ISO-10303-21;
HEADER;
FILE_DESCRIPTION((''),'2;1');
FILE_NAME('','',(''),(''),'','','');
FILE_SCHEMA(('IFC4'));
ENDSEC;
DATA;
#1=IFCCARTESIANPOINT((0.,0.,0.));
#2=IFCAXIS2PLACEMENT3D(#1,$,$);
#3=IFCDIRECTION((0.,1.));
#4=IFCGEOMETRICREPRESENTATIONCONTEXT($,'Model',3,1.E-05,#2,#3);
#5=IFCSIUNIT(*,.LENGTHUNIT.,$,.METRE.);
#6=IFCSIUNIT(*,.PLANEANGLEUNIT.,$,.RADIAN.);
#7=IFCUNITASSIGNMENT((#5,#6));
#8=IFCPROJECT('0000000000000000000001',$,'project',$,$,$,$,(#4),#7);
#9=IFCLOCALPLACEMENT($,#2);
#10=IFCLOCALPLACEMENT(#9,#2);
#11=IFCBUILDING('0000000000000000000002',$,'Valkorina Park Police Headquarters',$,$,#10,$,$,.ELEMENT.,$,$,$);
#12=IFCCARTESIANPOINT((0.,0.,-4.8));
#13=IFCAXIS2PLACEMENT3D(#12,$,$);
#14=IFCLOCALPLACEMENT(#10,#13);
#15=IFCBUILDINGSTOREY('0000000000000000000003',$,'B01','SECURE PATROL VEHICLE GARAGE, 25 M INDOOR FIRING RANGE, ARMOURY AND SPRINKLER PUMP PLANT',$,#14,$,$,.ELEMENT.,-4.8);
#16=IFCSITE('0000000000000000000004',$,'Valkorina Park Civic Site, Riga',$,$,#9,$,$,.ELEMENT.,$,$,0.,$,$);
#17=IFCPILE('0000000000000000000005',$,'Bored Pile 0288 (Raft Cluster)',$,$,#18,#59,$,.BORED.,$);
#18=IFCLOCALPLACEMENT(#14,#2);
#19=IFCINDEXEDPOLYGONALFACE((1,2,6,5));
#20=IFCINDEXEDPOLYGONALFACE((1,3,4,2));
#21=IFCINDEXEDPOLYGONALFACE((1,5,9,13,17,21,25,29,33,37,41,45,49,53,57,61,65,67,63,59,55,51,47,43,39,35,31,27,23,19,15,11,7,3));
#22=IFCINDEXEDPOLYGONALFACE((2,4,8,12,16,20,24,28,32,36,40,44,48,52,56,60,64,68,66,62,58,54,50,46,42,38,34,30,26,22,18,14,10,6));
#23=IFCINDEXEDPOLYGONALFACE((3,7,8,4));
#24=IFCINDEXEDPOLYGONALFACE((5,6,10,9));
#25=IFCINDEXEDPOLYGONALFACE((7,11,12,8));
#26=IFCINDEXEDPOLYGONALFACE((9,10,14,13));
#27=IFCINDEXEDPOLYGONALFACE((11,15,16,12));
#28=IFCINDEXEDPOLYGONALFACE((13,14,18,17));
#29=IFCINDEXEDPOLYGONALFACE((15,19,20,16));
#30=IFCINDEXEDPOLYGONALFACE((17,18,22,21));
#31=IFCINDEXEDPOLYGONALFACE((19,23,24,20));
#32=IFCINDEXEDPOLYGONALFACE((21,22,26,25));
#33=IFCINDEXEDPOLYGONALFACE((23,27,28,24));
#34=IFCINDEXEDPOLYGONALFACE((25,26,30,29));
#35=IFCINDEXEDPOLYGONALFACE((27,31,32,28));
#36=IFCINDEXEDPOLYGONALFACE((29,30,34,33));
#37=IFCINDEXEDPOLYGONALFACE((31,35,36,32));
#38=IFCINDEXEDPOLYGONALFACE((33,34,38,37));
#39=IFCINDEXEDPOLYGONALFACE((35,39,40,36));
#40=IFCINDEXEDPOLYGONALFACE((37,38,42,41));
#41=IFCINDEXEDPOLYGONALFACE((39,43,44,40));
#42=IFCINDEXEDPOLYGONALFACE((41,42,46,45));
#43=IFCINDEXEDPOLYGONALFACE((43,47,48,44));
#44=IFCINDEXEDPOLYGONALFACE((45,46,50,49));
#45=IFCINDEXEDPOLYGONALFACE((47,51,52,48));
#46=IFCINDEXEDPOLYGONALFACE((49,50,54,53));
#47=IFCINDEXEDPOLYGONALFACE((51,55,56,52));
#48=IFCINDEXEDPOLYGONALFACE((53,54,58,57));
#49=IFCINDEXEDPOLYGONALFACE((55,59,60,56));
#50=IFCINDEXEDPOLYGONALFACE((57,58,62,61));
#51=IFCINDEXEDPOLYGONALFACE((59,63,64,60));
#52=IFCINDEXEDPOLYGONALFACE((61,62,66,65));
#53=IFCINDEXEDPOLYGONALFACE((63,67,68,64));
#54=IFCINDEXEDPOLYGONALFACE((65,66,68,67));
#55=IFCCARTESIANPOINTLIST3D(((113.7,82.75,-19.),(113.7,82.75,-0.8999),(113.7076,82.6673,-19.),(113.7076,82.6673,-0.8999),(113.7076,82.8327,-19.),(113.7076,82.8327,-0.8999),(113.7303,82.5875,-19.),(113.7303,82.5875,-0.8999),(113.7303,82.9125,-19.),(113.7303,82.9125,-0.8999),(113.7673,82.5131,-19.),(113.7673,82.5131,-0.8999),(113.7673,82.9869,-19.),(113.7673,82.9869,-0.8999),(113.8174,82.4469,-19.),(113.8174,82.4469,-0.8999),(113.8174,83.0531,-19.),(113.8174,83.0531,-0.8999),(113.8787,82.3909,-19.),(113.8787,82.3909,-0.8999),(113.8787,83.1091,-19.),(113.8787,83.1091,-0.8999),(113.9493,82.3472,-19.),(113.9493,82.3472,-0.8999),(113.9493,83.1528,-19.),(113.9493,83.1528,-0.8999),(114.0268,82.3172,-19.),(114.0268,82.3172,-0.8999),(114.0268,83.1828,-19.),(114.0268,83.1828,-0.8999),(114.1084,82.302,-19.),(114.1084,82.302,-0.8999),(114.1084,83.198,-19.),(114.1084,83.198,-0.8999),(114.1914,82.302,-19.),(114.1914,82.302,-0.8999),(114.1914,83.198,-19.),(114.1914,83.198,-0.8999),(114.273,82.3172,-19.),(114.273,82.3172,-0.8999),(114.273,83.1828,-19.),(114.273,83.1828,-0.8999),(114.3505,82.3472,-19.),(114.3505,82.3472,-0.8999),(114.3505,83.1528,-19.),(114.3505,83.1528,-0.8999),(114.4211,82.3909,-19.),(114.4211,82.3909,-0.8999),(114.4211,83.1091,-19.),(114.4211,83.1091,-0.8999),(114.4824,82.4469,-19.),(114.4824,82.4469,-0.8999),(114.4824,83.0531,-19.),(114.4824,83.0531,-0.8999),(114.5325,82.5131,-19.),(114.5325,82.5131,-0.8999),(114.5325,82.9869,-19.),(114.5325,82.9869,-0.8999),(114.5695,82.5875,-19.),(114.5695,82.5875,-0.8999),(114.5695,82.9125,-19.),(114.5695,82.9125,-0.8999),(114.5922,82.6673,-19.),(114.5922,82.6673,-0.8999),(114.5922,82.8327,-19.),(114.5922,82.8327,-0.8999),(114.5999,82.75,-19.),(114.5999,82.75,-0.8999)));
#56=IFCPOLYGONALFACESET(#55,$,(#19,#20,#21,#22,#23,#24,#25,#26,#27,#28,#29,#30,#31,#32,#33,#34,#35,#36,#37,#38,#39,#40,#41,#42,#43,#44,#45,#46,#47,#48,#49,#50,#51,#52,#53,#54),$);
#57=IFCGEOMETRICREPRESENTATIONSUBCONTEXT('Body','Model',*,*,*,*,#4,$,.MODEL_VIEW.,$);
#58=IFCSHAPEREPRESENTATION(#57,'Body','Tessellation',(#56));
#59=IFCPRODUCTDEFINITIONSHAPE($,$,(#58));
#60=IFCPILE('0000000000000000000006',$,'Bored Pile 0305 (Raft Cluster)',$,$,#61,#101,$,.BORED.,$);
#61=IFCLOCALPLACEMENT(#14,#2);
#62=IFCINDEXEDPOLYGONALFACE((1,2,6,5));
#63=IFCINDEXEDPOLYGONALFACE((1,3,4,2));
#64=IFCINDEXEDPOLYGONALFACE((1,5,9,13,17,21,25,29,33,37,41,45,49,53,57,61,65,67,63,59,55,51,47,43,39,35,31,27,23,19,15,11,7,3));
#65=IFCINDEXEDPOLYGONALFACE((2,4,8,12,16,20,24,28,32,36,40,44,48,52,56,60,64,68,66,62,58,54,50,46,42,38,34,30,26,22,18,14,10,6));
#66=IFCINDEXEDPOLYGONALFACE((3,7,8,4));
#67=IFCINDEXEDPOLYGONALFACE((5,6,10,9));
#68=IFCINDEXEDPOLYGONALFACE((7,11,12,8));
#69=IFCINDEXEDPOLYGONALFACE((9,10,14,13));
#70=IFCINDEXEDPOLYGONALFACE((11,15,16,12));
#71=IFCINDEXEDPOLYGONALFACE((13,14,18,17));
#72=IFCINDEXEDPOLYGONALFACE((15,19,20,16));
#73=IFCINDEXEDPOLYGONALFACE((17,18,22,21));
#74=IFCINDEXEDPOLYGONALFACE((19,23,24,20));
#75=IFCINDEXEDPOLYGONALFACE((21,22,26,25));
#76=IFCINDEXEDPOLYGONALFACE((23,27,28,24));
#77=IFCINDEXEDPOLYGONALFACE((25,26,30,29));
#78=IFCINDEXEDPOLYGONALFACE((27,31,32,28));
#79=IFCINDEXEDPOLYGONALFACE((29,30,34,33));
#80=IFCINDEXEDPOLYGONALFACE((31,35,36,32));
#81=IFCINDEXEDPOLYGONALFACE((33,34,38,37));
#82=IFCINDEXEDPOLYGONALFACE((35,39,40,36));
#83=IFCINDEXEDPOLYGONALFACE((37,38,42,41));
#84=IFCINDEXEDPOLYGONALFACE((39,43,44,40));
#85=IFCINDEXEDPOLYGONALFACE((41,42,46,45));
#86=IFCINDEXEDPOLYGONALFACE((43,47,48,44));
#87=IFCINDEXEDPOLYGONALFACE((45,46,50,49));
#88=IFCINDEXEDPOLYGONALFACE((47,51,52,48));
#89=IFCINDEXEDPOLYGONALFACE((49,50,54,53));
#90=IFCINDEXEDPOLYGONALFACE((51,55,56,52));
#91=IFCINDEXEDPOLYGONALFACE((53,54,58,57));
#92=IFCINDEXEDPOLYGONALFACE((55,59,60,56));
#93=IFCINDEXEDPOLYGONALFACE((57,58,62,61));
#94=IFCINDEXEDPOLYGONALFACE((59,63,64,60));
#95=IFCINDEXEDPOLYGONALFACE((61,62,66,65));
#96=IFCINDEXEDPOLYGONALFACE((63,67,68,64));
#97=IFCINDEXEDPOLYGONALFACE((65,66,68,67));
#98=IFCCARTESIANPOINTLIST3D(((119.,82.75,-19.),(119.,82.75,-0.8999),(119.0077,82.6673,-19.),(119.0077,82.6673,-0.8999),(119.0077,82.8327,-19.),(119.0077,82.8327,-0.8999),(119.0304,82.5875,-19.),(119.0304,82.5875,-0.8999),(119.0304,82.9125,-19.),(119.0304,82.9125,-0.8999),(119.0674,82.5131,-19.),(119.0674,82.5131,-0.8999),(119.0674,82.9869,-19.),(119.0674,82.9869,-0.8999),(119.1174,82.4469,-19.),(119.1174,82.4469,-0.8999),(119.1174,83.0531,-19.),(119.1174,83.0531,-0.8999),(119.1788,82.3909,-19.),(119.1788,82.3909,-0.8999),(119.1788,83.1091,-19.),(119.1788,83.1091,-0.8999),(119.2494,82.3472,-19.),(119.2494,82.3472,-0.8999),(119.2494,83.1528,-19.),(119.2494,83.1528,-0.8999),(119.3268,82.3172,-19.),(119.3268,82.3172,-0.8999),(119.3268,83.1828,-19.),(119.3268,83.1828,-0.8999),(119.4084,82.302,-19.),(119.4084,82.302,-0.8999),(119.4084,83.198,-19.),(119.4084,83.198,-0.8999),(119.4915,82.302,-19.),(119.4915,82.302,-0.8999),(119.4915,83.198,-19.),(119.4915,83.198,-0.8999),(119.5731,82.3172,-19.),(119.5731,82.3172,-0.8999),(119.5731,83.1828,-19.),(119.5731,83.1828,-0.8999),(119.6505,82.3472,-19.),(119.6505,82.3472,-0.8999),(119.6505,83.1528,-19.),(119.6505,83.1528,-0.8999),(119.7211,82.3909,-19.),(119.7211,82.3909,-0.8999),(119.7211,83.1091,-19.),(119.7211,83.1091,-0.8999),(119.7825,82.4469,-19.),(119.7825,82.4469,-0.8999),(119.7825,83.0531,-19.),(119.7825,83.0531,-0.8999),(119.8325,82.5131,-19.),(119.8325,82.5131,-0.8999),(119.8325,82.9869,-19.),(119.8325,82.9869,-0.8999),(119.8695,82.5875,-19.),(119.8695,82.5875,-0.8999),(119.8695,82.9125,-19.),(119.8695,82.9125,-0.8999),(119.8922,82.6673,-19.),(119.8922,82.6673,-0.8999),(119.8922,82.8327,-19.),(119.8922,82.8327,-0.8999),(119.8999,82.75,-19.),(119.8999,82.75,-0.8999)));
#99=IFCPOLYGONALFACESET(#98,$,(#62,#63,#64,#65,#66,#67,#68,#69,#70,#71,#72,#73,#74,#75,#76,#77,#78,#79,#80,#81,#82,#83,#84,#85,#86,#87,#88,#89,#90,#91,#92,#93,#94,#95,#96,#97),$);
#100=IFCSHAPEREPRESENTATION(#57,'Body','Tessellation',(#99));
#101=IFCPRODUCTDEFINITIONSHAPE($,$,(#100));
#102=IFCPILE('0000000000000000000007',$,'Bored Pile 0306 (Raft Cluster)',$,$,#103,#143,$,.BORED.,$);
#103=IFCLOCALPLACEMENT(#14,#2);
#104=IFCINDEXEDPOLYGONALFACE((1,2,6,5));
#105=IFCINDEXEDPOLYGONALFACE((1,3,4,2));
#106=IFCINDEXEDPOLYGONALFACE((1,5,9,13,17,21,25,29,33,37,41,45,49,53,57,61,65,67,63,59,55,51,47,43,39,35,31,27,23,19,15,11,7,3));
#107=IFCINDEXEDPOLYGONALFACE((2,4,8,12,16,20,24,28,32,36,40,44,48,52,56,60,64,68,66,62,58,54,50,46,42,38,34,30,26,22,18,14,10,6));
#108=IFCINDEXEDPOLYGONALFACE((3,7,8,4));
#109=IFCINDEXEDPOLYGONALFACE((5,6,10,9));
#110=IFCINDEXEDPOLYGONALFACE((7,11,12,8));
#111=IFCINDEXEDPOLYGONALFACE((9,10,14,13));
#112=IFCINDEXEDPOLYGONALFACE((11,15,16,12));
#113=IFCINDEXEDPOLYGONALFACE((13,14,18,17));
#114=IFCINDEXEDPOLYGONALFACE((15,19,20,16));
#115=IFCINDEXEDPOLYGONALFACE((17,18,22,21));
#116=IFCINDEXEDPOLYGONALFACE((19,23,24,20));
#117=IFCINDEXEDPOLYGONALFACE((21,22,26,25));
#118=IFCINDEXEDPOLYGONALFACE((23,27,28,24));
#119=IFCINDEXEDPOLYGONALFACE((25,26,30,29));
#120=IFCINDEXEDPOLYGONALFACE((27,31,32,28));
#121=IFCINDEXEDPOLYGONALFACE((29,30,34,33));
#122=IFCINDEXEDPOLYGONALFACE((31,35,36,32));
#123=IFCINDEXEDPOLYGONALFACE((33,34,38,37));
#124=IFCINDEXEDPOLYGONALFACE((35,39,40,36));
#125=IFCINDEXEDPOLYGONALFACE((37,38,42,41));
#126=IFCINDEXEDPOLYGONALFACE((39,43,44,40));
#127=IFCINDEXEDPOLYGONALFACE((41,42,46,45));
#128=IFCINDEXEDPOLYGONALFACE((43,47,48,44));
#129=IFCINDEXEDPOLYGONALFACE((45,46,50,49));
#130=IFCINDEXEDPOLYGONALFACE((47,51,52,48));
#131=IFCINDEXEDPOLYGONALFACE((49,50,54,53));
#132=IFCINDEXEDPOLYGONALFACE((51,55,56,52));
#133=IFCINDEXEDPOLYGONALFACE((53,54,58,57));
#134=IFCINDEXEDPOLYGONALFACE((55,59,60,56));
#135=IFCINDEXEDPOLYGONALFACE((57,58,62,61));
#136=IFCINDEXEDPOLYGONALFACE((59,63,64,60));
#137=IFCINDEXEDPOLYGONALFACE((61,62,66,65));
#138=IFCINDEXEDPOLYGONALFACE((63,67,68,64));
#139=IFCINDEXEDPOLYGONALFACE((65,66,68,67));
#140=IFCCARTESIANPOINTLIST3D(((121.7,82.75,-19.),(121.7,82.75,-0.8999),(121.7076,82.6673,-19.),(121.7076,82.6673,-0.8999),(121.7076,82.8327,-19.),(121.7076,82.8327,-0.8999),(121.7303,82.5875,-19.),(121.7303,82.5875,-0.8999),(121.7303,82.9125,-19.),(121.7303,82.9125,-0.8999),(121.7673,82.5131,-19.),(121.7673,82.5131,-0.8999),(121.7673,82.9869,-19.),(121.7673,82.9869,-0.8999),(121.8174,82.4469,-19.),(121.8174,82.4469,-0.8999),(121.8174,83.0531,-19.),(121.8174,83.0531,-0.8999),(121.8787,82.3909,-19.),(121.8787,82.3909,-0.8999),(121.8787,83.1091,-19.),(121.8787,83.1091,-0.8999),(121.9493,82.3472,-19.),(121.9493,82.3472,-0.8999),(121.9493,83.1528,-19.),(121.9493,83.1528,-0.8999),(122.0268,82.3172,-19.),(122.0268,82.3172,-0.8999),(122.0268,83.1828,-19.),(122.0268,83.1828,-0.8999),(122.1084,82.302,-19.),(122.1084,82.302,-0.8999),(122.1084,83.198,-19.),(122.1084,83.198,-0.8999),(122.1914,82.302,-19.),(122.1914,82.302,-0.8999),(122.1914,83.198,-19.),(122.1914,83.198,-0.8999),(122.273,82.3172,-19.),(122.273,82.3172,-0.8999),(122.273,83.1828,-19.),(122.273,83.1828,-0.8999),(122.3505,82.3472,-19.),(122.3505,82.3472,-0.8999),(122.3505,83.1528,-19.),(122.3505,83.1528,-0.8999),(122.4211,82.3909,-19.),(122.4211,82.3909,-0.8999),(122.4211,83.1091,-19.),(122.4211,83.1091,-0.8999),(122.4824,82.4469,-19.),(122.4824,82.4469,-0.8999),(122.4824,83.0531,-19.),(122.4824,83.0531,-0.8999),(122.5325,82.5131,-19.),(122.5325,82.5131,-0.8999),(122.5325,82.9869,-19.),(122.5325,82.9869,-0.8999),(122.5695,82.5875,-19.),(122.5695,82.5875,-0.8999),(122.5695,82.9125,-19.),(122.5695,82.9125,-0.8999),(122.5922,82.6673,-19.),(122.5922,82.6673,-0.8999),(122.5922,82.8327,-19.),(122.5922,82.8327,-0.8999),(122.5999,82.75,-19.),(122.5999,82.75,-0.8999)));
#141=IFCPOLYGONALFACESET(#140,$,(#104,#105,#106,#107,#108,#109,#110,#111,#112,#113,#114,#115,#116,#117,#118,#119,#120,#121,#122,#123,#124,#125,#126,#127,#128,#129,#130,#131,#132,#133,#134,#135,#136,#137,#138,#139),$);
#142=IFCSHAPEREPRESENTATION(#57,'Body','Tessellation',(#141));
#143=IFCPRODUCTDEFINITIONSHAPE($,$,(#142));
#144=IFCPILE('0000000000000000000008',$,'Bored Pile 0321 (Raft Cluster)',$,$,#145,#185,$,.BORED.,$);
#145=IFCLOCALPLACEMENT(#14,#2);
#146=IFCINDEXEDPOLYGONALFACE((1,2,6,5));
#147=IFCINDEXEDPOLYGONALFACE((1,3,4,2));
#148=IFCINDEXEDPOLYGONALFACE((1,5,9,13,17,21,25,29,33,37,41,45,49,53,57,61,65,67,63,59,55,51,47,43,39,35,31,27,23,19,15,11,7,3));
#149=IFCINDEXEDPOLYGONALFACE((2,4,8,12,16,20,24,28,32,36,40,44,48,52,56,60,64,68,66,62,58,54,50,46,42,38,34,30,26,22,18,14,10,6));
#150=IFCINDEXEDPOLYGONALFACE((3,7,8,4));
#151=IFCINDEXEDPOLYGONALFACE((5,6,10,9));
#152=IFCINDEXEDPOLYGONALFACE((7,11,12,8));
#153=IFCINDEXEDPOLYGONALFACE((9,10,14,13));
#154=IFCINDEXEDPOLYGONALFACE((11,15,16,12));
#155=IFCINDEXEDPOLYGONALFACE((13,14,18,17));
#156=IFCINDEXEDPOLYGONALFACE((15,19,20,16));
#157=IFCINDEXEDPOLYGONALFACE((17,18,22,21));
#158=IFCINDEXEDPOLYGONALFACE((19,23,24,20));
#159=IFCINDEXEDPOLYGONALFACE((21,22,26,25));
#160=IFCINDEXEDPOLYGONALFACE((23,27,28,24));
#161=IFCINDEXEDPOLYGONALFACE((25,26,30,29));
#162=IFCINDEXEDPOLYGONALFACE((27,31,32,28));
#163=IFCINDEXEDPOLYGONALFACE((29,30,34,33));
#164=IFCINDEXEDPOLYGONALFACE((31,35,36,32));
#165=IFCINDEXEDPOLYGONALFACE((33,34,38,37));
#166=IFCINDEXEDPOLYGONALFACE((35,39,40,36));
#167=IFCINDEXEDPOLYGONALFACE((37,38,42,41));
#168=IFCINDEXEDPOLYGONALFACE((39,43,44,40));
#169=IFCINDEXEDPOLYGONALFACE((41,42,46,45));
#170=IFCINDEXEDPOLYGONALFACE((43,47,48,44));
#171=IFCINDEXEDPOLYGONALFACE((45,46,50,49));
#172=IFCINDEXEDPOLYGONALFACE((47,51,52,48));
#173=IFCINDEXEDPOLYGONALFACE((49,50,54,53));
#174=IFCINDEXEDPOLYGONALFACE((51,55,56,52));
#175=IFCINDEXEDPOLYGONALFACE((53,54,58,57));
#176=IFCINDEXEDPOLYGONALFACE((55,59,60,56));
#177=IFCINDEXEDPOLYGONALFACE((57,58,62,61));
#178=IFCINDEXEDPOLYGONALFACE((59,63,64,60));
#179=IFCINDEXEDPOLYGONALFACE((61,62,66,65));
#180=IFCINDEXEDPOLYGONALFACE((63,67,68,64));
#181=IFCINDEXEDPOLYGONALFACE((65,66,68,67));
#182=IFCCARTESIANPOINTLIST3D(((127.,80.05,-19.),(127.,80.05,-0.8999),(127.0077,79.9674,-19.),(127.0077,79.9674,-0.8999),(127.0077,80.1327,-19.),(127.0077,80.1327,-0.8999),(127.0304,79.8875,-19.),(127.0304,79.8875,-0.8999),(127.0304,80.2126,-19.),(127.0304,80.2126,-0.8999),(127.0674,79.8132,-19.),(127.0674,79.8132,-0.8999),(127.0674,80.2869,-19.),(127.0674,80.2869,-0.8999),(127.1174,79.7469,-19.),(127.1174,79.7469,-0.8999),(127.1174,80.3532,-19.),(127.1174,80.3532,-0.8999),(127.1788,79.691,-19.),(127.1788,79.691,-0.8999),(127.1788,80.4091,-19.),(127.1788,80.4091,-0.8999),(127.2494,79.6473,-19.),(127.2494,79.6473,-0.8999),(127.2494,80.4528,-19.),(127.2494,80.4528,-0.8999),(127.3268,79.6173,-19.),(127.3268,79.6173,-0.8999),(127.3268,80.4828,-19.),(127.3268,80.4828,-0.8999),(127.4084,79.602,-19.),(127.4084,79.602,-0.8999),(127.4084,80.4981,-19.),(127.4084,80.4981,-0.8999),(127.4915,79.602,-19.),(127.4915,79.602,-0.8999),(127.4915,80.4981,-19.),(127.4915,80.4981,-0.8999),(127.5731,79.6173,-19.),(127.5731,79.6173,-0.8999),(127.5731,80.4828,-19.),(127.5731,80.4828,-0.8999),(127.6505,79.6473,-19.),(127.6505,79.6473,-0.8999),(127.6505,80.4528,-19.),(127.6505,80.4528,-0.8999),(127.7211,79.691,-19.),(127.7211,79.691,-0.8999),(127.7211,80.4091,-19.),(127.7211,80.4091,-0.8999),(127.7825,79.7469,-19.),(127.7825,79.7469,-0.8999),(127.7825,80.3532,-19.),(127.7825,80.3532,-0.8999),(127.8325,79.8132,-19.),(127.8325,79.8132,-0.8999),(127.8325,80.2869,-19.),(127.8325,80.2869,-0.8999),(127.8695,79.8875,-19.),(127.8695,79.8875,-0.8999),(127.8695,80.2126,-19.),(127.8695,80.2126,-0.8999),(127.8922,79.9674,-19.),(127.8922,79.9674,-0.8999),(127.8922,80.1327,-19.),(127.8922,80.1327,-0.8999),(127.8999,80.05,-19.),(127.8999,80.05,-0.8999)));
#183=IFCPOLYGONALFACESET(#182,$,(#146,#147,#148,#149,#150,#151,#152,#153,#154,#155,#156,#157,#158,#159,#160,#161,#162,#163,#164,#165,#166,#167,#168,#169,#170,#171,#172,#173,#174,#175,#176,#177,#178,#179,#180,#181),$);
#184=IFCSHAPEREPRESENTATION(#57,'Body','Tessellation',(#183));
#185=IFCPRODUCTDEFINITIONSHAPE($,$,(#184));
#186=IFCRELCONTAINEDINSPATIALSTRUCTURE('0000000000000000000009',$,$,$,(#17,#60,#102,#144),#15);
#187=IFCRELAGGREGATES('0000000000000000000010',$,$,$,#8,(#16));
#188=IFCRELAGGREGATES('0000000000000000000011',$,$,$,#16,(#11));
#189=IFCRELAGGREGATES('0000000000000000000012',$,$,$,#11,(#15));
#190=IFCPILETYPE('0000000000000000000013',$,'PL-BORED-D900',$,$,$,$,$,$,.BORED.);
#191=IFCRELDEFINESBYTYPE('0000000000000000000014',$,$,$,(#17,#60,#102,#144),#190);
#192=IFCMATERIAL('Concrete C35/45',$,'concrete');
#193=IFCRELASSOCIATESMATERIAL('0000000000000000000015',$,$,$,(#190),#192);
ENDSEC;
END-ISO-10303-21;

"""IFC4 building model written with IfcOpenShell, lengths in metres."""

from ifc_helpers import new_model, si_unit, direction, frame, origin, origin_2d, place, context, subcontext, project, spatial, circle, extrude, material, material_profile, profile_set, type_object, element, save


model = new_model("IFC4")

# Units and contexts
model_context = context("Model", 3, precision=1e-05, world=origin(), true_north=direction((0.0, 1.0)))
body_context = subcontext(model_context, "Body", "Model", "MODEL_VIEW")
ifc_project = project(units=[si_unit("LENGTHUNIT", "METRE"), si_unit("PLANEANGLEUNIT", "RADIAN")], contexts=[model_context])

# Site, building, storey
site_placement = place(None, origin())
site = spatial("IfcSite", under=ifc_project, at=site_placement, Name="Valkorina Park Civic Site, Riga", CompositionType="ELEMENT", RefElevation=0.0)
building_placement = place(site_placement, origin())
building = spatial("IfcBuilding", under=site, at=building_placement, Name="Valkorina Park Police Headquarters", CompositionType="ELEMENT")
storey_placement = place(building_placement, frame((0.0, 0.0, -4.8)))
storey = spatial("IfcBuildingStorey", under=building, at=storey_placement, Name="B01", Description="SECURE PATROL VEHICLE GARAGE, 25 M INDOOR FIRING RANGE, ARMOURY AND SPRINKLER PUMP PLANT", CompositionType="ELEMENT", Elevation=-4.8)

# Piles
ifc_material_1 = material(Name="Concrete C35/45", Category="concrete")
ifc_material_profile_1 = material_profile(ifc_material_1, circle(Radius=0.45, at=origin_2d()), Name="BORED PILE D900")
ifc_profile_set_1 = profile_set([ifc_material_profile_1], Name="Concrete C35/45")
pile_type_1 = type_object("IfcPileType", Name="PL-BORED-D900", PredefinedType="BORED", material=ifc_profile_set_1)
for number, where, z_axis, x_axis, name in (
    (1, (114.1499, 82.75, -0.8999), (0.0, 0.0, -1.0), (1.0, 0.0, 0.0), "Bored Pile 0288 (Raft Cluster)"),
    (2, (119.45, 82.75, -0.8999), (0.0, 0.0, -1.0), (1.0, 0.0, 0.0), "Bored Pile 0305 (Raft Cluster)"),
    (3, (122.1499, 82.75, -0.8999), (0.0, 0.0, -1.0), (1.0, 0.0, 0.0), "Bored Pile 0306 (Raft Cluster)"),
    (4, (127.45, 80.05, -0.8999), (0.0, 0.0, -1.0), (1.0, 0.0, 0.0), "Bored Pile 0321 (Raft Cluster)"),
):
    element("IfcPile", number, at=place(storey_placement, frame(where, z_axis=z_axis, x_axis=x_axis)), inside=storey, type_object=pile_type_1, Name=name, PredefinedType="BORED", context=body_context, shape_type="SweptSolid", body=[
        extrude(circle(Radius=0.45, at=origin_2d()), origin(), (0.0, 0.0, 1.0), 18.1001),
    ])

save(model, "model.ifc")
